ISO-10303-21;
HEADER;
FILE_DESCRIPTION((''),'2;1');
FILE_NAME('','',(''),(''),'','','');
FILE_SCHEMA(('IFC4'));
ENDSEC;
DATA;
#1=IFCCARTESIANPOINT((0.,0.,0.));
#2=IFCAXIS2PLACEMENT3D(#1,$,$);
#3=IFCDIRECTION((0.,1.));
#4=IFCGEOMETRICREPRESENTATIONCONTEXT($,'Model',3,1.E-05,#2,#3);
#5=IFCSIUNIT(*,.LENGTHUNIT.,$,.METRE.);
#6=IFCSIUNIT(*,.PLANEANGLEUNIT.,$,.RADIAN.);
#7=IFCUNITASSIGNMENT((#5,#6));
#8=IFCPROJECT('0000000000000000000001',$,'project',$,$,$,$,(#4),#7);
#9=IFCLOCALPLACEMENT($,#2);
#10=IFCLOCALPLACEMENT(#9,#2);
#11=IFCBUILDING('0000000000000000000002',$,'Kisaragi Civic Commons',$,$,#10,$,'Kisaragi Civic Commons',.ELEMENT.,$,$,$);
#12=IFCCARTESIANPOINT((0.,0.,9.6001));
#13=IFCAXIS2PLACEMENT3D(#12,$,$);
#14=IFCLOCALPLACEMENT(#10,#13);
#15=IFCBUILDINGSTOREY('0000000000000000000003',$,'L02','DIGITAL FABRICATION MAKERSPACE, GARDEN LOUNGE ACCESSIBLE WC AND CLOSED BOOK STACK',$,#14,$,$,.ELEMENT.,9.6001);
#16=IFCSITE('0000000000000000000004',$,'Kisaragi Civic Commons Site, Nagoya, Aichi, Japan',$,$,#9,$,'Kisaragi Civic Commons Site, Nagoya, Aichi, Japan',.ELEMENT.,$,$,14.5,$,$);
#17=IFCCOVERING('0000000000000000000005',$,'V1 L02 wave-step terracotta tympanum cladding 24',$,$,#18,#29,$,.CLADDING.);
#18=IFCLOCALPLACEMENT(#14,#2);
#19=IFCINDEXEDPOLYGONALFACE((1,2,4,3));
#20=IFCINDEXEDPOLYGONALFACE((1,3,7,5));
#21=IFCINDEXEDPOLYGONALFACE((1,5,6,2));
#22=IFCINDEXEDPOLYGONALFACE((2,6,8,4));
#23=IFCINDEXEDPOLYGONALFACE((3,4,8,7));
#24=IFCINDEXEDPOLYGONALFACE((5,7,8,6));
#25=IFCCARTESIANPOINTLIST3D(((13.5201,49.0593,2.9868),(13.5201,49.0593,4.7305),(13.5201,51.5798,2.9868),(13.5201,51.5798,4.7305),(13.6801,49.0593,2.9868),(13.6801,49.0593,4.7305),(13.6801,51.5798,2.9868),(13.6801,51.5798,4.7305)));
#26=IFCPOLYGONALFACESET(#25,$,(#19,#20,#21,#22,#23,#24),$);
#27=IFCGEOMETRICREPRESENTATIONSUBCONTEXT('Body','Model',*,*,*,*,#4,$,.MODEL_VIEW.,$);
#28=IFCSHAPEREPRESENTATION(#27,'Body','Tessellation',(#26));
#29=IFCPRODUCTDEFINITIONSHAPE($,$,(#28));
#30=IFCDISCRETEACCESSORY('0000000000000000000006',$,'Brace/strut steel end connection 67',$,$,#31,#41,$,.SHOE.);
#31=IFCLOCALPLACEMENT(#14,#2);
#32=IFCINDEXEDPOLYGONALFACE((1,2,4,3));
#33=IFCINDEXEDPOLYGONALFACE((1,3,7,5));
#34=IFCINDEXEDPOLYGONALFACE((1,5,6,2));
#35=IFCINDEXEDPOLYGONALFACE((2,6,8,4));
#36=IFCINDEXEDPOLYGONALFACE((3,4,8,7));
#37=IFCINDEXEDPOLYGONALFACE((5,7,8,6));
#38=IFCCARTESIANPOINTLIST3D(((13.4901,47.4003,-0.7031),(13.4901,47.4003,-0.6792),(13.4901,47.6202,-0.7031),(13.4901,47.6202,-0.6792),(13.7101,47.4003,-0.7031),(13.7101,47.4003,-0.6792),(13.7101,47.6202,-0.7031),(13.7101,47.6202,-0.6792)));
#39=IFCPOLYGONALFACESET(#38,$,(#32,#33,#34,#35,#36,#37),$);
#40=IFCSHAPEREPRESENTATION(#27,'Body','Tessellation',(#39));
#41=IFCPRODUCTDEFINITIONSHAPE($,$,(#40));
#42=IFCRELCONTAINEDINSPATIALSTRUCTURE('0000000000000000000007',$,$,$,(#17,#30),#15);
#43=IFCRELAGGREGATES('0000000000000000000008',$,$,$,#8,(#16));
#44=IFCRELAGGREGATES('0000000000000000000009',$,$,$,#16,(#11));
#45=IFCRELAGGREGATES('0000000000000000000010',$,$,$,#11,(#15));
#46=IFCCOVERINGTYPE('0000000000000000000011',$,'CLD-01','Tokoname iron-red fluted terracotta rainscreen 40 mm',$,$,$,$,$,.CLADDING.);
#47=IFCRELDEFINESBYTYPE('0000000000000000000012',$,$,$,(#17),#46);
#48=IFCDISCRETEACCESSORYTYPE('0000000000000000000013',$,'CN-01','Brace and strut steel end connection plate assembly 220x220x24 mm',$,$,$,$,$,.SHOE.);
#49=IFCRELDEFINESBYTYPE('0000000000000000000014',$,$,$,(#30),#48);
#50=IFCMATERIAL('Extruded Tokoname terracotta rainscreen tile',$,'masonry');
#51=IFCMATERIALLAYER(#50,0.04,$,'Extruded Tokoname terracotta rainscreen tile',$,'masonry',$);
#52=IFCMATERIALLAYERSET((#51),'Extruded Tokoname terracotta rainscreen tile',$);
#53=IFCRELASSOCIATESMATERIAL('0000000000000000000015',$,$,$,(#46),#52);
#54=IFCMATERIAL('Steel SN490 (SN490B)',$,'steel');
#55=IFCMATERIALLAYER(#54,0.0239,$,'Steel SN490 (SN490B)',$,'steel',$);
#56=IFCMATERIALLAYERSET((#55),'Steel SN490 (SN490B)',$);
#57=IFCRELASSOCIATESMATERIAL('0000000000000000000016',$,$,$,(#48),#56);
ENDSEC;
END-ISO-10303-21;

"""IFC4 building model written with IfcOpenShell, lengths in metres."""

from ifc_helpers import new_model, si_unit, direction, frame, origin, origin_2d, place, context, subcontext, project, spatial, rectangle, extrude, material, layer, layer_set, type_object, element, save


model = new_model("IFC4")

# Units and contexts
model_context = context("Model", 3, precision=1e-05, world=origin(), true_north=direction((0.0, 1.0)))
body_context = subcontext(model_context, "Body", "Model", "MODEL_VIEW")
ifc_project = project(units=[si_unit("LENGTHUNIT", "METRE"), si_unit("PLANEANGLEUNIT", "RADIAN")], contexts=[model_context])

# Site, building, storey
site_placement = place(None, origin())
site = spatial("IfcSite", under=ifc_project, at=site_placement, Name="Kisaragi Civic Commons Site, Nagoya, Aichi, Japan", LongName="Kisaragi Civic Commons Site, Nagoya, Aichi, Japan", CompositionType="ELEMENT", RefElevation=14.5)
building_placement = place(site_placement, origin())
building = spatial("IfcBuilding", under=site, at=building_placement, Name="Kisaragi Civic Commons", LongName="Kisaragi Civic Commons", CompositionType="ELEMENT")
storey_placement = place(building_placement, frame((0.0, 0.0, 9.6001)))
storey = spatial("IfcBuildingStorey", under=building, at=storey_placement, Name="L02", Description="DIGITAL FABRICATION MAKERSPACE, GARDEN LOUNGE ACCESSIBLE WC AND CLOSED BOOK STACK", CompositionType="ELEMENT", Elevation=9.6001)

# Shared definitions
ifc_material_1 = material(Name="Steel SN490 (SN490B)", Category="steel")

# Covering
ifc_material_2 = material(Name="Extruded Tokoname terracotta rainscreen tile", Category="masonry")
ifc_layer_1 = layer(ifc_material_2, 0.04, Name="Extruded Tokoname terracotta rainscreen tile", Category="masonry")
ifc_layer_set_1 = layer_set([ifc_layer_1], Name="Extruded Tokoname terracotta rainscreen tile")
covering_type = type_object("IfcCoveringType", Name="CLD-01", Description="Tokoname iron-red fluted terracotta rainscreen 40 mm", PredefinedType="CLADDING", material=ifc_layer_set_1)
covering_placement = place(storey_placement, frame((13.6001, 50.3196, 2.9868), z_axis=(0.0, 0.0, 1.0), x_axis=(0.0, 1.0, 0.0)))
element("IfcCovering", 1, at=covering_placement, inside=storey, type_object=covering_type, Name="V1 L02 wave-step terracotta tympanum cladding 24", PredefinedType="CLADDING", context=body_context, shape_type="SweptSolid", body=[
    extrude(rectangle(XDim=2.5205, YDim=0.1599, at=origin_2d()), origin(), (0.0, 0.0, 1.0), 1.7437),
])

# Discrete accessory
ifc_layer_2 = layer(ifc_material_1, 0.0239, Name="Steel SN490 (SN490B)", Category="steel")
ifc_layer_set_2 = layer_set([ifc_layer_2], Name="Steel SN490 (SN490B)")
discrete_accessory_type = type_object("IfcDiscreteAccessoryType", Name="CN-01", Description="Brace and strut steel end connection plate assembly 220x220x24 mm", PredefinedType="SHOE", material=ifc_layer_set_2)
discrete_accessory_placement = place(storey_placement, frame((13.6001, 47.5103, -0.7031), z_axis=(0.0, 0.0, 1.0), x_axis=(1.0, 0.0, 0.0)))
element("IfcDiscreteAccessory", 2, at=discrete_accessory_placement, inside=storey, type_object=discrete_accessory_type, Name="Brace/strut steel end connection 67", PredefinedType="SHOE", context=body_context, shape_type="SweptSolid", body=[
    extrude(rectangle(XDim=0.22, YDim=0.22, at=origin_2d()), origin(), (0.0, 0.0, 1.0), 0.0239),
])

save(model, "model.ifc")
